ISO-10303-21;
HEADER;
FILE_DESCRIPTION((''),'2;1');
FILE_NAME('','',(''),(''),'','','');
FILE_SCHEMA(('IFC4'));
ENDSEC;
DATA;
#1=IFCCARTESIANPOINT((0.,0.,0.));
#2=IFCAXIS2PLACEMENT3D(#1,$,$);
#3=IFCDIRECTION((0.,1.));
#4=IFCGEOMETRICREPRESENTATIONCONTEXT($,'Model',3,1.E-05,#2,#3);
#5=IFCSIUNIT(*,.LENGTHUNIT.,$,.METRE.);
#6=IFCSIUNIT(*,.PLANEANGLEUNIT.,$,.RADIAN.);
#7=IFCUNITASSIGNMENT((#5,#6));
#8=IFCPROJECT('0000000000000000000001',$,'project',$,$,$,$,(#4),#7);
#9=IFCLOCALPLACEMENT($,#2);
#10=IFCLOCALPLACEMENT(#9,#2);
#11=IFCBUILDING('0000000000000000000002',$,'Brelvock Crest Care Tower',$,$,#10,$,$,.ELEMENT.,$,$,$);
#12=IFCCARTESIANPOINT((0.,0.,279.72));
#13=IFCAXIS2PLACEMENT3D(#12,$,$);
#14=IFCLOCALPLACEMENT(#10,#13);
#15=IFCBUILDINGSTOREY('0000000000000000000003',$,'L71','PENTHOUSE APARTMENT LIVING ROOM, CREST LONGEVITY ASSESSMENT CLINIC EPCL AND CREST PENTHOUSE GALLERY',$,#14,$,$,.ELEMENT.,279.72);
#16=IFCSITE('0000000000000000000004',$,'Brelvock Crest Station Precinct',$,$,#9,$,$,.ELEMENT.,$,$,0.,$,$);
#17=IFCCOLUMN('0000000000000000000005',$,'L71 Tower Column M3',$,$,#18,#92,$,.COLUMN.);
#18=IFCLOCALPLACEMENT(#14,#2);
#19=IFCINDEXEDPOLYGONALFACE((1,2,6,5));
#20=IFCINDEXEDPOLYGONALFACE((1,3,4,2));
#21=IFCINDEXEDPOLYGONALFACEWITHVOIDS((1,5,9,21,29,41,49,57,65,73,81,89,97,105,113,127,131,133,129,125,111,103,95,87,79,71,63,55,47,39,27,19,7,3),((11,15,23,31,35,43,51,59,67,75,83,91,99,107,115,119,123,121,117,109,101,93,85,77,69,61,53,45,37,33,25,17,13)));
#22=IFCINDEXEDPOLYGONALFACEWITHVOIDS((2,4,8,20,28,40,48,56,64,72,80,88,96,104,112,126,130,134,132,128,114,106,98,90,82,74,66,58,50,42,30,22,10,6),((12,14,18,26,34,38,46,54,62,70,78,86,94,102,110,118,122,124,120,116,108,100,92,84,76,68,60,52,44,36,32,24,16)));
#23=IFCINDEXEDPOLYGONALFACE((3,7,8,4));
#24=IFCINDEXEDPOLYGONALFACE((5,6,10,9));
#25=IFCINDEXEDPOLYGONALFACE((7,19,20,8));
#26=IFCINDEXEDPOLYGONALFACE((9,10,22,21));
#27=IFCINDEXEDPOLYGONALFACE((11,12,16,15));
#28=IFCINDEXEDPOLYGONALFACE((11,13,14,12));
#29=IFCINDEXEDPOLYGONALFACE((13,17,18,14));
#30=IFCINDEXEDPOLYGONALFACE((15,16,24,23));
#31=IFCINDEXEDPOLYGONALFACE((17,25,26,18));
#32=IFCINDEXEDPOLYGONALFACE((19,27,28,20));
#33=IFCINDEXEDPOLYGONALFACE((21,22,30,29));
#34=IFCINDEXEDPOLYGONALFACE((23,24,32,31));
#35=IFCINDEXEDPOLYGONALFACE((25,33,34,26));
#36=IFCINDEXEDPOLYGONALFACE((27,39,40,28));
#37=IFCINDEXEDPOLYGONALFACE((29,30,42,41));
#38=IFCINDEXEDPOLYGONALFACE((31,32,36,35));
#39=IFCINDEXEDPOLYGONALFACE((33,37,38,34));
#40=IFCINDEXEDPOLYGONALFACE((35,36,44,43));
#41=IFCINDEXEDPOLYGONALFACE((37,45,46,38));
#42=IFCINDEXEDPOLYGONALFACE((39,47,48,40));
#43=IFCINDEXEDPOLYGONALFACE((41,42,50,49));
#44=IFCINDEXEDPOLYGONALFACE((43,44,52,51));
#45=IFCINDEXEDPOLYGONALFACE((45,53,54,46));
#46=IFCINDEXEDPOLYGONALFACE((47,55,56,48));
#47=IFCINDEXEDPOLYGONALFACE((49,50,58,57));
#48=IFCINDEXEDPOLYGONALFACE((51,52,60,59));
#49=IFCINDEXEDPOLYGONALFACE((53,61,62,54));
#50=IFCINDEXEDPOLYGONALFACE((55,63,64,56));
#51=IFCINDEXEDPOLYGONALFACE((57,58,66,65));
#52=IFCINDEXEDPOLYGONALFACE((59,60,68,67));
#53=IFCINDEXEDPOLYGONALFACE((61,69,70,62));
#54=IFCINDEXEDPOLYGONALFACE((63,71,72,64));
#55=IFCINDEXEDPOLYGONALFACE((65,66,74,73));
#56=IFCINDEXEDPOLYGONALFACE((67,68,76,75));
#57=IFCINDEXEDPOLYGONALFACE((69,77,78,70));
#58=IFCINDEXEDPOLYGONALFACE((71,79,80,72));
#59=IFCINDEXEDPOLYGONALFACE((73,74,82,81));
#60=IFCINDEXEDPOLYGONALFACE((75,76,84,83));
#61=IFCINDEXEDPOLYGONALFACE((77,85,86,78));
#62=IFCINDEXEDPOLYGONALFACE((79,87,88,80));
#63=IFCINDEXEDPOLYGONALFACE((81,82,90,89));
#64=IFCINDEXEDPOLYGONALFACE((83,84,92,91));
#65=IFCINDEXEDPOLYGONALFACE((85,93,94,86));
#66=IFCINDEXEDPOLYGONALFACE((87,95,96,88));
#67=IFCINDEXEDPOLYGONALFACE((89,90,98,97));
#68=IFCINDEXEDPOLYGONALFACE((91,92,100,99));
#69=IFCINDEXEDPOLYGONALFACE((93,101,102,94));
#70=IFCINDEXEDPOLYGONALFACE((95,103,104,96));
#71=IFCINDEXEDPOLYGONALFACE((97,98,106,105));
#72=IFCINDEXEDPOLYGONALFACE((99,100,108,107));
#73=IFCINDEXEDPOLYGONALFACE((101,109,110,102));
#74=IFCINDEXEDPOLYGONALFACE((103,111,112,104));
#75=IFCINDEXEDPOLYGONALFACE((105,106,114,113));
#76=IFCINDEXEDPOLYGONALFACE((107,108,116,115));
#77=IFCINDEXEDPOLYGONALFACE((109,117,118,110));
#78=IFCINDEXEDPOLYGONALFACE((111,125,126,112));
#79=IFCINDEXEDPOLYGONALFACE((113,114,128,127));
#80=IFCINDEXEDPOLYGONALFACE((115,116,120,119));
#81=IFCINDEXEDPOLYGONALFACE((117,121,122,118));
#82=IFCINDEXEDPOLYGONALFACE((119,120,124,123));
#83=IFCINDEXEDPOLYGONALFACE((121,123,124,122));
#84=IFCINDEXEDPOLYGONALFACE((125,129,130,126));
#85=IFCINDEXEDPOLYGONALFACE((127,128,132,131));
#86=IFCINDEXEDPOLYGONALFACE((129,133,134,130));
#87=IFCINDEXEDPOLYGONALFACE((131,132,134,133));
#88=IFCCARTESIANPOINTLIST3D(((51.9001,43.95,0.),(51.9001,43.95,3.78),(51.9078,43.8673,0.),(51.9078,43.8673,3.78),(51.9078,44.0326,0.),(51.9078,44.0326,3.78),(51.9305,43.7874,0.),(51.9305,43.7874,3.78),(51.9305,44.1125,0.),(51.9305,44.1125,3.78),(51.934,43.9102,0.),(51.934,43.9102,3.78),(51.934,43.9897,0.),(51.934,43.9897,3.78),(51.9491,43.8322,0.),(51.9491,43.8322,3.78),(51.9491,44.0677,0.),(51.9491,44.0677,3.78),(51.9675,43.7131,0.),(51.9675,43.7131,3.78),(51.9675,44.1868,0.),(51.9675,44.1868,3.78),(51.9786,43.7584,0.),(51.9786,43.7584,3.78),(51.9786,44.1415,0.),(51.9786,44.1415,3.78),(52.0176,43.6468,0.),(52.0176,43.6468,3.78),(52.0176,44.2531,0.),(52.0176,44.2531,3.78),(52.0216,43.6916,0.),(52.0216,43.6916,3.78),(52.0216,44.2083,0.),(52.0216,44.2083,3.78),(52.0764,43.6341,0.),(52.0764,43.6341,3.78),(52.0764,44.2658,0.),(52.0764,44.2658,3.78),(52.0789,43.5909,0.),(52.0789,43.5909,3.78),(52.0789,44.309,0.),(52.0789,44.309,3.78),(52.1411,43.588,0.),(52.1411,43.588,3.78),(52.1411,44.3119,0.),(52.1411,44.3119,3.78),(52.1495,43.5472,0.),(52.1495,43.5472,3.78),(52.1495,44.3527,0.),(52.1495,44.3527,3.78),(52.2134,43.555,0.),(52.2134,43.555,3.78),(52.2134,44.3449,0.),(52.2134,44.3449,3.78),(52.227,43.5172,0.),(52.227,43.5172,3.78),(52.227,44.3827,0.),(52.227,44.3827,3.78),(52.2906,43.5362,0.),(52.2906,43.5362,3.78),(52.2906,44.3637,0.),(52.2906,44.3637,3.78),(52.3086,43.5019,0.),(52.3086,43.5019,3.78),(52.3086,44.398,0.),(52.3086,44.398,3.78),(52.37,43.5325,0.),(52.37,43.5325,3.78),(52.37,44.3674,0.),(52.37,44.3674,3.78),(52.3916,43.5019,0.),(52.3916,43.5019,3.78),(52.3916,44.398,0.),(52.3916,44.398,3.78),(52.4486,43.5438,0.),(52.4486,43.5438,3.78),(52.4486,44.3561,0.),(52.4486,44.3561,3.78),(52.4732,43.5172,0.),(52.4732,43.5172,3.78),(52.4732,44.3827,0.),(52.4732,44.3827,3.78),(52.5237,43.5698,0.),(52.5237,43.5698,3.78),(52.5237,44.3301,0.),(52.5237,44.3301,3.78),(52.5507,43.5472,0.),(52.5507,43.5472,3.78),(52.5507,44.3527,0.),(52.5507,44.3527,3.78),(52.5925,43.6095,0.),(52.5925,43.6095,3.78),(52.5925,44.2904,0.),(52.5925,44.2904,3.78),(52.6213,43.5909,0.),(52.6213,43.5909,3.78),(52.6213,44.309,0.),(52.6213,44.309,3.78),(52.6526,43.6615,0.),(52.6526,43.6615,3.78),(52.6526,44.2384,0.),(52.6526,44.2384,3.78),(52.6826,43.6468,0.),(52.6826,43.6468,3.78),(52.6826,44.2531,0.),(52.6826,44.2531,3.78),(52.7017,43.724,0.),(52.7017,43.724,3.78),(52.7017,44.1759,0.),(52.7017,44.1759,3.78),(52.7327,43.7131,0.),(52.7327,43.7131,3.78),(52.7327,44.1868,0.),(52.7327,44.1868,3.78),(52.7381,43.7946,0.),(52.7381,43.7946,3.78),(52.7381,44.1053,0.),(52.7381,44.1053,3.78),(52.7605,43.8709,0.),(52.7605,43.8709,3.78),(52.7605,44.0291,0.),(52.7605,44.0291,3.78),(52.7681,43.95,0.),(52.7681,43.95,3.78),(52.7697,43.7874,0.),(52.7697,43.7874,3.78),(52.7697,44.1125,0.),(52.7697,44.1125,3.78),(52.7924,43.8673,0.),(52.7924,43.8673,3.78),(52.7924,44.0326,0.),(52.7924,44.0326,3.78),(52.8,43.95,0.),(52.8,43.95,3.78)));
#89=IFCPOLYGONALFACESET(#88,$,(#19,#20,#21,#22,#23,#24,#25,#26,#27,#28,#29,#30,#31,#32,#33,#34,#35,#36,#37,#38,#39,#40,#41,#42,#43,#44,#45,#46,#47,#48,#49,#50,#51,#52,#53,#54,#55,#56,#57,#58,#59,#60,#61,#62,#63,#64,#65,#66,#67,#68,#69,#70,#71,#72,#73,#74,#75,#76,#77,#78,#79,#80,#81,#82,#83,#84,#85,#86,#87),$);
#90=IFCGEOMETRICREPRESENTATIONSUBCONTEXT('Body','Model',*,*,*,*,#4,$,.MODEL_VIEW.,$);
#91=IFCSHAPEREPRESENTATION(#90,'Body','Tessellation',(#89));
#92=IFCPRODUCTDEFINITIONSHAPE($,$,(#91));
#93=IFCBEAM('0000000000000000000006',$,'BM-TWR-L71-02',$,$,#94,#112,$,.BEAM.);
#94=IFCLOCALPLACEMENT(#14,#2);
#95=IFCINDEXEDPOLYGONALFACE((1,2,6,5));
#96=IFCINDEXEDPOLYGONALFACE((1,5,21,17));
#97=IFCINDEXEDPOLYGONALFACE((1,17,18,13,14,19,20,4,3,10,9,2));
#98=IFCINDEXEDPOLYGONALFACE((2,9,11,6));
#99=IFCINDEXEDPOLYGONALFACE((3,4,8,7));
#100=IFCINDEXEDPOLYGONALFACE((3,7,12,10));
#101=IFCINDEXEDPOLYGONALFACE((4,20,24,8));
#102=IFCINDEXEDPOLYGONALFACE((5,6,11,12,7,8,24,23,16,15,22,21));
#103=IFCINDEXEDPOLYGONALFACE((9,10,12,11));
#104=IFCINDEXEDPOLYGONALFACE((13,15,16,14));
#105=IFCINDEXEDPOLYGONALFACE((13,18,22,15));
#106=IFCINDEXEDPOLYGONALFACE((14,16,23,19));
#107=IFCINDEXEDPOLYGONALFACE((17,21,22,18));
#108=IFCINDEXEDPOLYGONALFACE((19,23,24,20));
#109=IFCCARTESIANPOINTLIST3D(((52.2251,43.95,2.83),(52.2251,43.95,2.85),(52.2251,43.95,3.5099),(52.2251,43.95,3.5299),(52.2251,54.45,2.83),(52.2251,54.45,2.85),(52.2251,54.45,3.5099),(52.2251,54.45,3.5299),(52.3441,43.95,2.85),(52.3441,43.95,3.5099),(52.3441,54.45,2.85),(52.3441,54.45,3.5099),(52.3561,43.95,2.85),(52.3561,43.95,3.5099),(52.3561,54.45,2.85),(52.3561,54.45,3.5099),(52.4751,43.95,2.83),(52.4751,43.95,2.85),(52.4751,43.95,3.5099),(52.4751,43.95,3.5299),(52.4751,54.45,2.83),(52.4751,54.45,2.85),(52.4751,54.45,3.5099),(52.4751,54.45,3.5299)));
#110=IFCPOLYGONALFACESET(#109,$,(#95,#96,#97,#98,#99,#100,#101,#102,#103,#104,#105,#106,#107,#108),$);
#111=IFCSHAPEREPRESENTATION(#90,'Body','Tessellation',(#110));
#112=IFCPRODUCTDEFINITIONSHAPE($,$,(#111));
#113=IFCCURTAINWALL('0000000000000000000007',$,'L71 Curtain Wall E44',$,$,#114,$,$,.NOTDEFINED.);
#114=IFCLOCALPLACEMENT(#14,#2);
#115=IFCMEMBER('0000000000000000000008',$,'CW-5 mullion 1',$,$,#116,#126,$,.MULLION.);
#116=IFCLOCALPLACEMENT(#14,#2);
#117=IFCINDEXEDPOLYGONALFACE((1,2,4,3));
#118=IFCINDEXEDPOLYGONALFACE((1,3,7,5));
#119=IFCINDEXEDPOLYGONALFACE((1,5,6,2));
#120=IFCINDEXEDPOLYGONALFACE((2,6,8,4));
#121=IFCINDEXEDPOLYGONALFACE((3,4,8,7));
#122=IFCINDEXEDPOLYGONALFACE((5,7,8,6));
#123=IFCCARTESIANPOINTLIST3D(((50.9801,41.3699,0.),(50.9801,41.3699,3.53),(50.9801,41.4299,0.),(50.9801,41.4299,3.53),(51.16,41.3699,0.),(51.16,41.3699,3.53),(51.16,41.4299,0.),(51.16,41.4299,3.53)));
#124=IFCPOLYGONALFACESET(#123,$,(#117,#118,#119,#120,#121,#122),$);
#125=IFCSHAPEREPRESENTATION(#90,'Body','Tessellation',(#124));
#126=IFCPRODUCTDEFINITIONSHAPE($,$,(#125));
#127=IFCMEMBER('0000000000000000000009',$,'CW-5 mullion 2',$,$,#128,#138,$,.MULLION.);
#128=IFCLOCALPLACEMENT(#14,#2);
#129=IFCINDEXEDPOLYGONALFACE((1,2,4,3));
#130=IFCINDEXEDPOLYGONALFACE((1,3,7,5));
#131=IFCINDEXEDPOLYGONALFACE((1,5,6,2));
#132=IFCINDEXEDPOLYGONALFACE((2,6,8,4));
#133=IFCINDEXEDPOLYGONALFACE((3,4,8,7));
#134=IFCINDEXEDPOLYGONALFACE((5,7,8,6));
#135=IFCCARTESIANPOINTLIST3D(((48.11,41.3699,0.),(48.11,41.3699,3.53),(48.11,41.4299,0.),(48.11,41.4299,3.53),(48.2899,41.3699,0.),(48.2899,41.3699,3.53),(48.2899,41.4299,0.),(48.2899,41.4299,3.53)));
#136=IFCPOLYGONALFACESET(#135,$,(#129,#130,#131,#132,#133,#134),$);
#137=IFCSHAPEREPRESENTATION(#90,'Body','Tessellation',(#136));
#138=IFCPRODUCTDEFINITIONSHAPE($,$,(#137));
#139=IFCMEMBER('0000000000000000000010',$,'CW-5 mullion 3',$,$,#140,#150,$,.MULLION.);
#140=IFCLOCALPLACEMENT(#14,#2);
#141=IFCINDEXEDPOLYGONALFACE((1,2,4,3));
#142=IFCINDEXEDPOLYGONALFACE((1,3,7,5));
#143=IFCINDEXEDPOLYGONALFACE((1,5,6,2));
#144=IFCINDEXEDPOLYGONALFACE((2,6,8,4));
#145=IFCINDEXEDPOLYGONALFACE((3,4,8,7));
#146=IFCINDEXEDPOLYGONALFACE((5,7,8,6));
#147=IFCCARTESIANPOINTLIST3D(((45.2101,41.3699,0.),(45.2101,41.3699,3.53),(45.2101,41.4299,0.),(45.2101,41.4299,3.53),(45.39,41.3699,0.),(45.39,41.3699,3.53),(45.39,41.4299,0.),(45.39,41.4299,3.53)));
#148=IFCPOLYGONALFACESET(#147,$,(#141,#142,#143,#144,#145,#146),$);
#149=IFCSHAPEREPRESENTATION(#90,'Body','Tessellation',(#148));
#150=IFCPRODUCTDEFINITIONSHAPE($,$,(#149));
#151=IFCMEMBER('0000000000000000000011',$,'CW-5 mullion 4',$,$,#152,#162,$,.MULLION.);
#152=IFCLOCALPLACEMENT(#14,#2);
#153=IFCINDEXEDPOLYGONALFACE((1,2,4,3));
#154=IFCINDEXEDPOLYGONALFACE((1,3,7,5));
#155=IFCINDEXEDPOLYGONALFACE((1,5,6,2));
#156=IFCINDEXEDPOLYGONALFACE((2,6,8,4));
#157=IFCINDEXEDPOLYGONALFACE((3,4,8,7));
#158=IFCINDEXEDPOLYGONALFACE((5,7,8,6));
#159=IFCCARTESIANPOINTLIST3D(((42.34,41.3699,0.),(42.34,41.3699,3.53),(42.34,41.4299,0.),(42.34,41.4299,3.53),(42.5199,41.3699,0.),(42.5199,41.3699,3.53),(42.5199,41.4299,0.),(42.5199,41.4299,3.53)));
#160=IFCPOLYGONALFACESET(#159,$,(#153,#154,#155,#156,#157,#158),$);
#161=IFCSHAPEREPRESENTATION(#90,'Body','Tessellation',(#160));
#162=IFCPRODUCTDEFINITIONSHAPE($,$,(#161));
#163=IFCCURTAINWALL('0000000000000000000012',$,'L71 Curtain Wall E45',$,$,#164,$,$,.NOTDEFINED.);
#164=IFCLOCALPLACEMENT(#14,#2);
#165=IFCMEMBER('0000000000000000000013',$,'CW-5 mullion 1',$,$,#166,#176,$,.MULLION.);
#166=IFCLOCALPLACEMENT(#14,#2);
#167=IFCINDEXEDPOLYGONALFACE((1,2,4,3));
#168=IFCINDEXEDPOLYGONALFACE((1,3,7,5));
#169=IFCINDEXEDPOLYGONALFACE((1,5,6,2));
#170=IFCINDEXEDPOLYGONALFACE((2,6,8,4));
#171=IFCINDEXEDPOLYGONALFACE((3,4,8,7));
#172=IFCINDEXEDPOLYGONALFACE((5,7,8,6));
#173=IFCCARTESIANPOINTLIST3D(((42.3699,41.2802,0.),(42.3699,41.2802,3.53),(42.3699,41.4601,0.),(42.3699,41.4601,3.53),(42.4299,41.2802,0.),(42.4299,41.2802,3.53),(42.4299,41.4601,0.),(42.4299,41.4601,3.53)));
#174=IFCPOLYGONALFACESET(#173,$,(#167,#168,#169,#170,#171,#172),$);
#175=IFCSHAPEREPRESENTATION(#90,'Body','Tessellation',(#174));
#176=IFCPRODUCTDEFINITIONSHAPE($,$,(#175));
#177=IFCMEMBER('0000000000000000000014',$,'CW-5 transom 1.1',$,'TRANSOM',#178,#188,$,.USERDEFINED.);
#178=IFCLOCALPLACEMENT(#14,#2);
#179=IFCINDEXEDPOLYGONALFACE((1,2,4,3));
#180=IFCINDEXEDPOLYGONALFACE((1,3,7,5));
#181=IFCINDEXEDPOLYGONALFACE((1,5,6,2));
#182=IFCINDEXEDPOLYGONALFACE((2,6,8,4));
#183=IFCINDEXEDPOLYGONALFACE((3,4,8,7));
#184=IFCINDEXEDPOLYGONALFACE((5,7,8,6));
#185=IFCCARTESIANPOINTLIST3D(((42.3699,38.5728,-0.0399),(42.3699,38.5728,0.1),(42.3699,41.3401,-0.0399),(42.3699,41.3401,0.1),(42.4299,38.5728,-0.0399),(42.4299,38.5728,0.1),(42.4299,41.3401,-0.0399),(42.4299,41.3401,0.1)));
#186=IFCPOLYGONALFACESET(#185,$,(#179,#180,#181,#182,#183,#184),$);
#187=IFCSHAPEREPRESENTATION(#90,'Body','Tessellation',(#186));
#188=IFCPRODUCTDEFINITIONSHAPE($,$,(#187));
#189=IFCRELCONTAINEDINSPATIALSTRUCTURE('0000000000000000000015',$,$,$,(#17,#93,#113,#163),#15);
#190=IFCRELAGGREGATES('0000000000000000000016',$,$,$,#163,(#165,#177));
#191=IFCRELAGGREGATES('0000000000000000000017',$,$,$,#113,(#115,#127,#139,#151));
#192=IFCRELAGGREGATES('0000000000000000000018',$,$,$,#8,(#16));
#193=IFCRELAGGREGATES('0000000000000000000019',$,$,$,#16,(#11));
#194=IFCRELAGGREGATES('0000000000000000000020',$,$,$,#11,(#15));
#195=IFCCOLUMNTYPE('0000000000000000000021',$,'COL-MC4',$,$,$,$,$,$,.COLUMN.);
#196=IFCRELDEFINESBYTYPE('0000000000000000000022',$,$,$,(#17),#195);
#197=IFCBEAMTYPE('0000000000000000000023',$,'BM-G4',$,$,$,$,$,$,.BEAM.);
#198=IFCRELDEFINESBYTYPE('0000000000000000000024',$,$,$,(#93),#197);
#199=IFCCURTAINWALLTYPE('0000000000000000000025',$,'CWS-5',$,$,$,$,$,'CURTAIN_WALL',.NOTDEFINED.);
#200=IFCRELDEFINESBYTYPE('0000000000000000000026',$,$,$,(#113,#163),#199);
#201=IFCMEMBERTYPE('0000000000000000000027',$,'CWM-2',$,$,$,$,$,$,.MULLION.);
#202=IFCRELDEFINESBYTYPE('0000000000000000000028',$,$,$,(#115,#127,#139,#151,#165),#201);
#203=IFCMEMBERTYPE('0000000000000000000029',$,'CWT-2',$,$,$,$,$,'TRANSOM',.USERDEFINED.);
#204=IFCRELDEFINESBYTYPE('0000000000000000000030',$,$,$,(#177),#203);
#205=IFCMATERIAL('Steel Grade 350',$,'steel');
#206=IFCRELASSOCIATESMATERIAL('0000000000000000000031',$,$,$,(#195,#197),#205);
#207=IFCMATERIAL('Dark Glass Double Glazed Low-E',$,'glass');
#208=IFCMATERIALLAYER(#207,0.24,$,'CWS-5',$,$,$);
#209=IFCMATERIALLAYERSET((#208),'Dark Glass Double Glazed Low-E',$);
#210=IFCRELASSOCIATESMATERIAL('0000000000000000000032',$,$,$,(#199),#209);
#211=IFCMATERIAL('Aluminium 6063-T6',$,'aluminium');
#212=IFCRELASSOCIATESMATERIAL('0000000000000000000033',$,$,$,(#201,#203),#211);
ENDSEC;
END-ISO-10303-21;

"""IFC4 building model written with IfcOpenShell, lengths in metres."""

from ifc_helpers import new_model, si_unit, direction, frame, origin, origin_2d, place, context, subcontext, project, spatial, rectangle, hollow_circle, i_section, extrude, source, transform, mapped, material, layer, layer_set, material_profile, profile_set, type_object, element, aggregate, save


model = new_model("IFC4")

# Units and contexts
model_context = context("Model", 3, precision=1e-05, world=origin(), true_north=direction((0.0, 1.0)))
body_context = subcontext(model_context, "Body", "Model", "MODEL_VIEW")
ifc_project = project(units=[si_unit("LENGTHUNIT", "METRE"), si_unit("PLANEANGLEUNIT", "RADIAN")], contexts=[model_context])

# Site, building, storey
site_placement = place(None, origin())
site = spatial("IfcSite", under=ifc_project, at=site_placement, Name="Brelvock Crest Station Precinct", CompositionType="ELEMENT", RefElevation=0.0)
building_placement = place(site_placement, origin())
building = spatial("IfcBuilding", under=site, at=building_placement, Name="Brelvock Crest Care Tower", CompositionType="ELEMENT")
storey_placement = place(building_placement, frame((0.0, 0.0, 279.72)))
storey = spatial("IfcBuildingStorey", under=building, at=storey_placement, Name="L71", Description="PENTHOUSE APARTMENT LIVING ROOM, CREST LONGEVITY ASSESSMENT CLINIC EPCL AND CREST PENTHOUSE GALLERY", CompositionType="ELEMENT", Elevation=279.72)

# Column
ifc_material_1 = material(Name="Steel Grade 350", Category="steel")
ifc_material_profile_1 = material_profile(ifc_material_1, hollow_circle(Radius=0.45, WallThickness=0.032, at=origin_2d()), Name="CFT900x32")
ifc_profile_set_1 = profile_set([ifc_material_profile_1], Name="Steel Grade 350")
column_type = type_object("IfcColumnType", Name="COL-MC4", PredefinedType="COLUMN", material=ifc_profile_set_1)
shared_shape_1 = source(origin(), body_context, "Body", "SweptSolid", [
    extrude(hollow_circle(Radius=0.45, WallThickness=0.032, at=origin_2d()), origin(), (0.0, 0.0, 1.0), 3.78),
])
column_placement = place(storey_placement, frame((52.3501, 43.95, 0.0), z_axis=(0.0, 0.0, 1.0), x_axis=(1.0, 0.0, 0.0)))
element("IfcColumn", 1, at=column_placement, inside=storey, type_object=column_type, Name="L71 Tower Column M3", PredefinedType="COLUMN", context=body_context, shape_type="MappedRepresentation", body=[
    mapped(shared_shape_1, transform((0.0, 0.0, 0.0), x_axis=(1.0, 0.0, 0.0), y_axis=(0.0, 1.0, 0.0), z_axis=(0.0, 0.0, 1.0), scale=1.0)),
])

# Beam
ifc_material_profile_2 = material_profile(ifc_material_1, i_section(OverallWidth=0.25, OverallDepth=0.7, WebThickness=0.012, FlangeThickness=0.02, at=origin_2d()), Name="700WB150")
ifc_profile_set_2 = profile_set([ifc_material_profile_2], Name="Steel Grade 350")
beam_type = type_object("IfcBeamType", Name="BM-G4", PredefinedType="BEAM", material=ifc_profile_set_2)
shared_shape_2 = source(origin(), body_context, "Body", "SweptSolid", [
    extrude(i_section(OverallWidth=0.25, OverallDepth=0.7, WebThickness=0.012, FlangeThickness=0.02, at=origin_2d()), origin(), (0.0, 0.0, 1.0), 10.5),
])
beam_placement = place(storey_placement, frame((52.3501, 43.95, 3.1799), z_axis=(0.0, 1.0, 0.0), x_axis=(-1.0, 0.0, 0.0)))
element("IfcBeam", 2, at=beam_placement, inside=storey, type_object=beam_type, Name="BM-TWR-L71-02", PredefinedType="BEAM", context=body_context, shape_type="MappedRepresentation", body=[
    mapped(shared_shape_2, transform((0.0, 0.0, 0.0), x_axis=(1.0, 0.0, 0.0), y_axis=(0.0, 1.0, 0.0), z_axis=(0.0, 0.0, 1.0), scale=1.0)),
])

# Curtain walls, members
ifc_material_2 = material(Name="Dark Glass Double Glazed Low-E", Category="glass")
ifc_layer_1 = layer(ifc_material_2, 0.24, Name="CWS-5")
ifc_layer_set_1 = layer_set([ifc_layer_1], Name="Dark Glass Double Glazed Low-E")
curtain_wall_type = type_object("IfcCurtainWallType", Name="CWS-5", ElementType="CURTAIN_WALL", PredefinedType="NOTDEFINED", material=ifc_layer_set_1)
curtain_wall_1_placement = place(storey_placement, origin())
curtain_wall_1 = element("IfcCurtainWall", 3, at=curtain_wall_1_placement, inside=storey, type_object=curtain_wall_type, Name="L71 Curtain Wall E44", PredefinedType="NOTDEFINED")
ifc_material_3 = material(Name="Aluminium 6063-T6", Category="aluminium")
ifc_material_profile_3 = material_profile(ifc_material_3, rectangle(XDim=0.0601, YDim=0.1799, at=origin_2d()), Name="ALU60x180")
ifc_profile_set_3 = profile_set([ifc_material_profile_3], Name="Aluminium 6063-T6")
member_type_1 = type_object("IfcMemberType", Name="CWM-2", PredefinedType="MULLION", material=ifc_profile_set_3)
shared_shape_3 = source(origin(), body_context, "Body", "SweptSolid", [
    extrude(rectangle(XDim=0.0601, YDim=0.1799, at=origin_2d()), origin(), (0.0, 0.0, 1.0), 3.53),
])
member_1_placement = place(storey_placement, frame((51.0701, 41.3999, 0.0), z_axis=(0.0, 0.0, 1.0), x_axis=(0.0, -1.0, 0.0)))
member_1 = element("IfcMember", 4, at=member_1_placement, type_object=member_type_1, Name="CW-5 mullion 1", PredefinedType="MULLION", context=body_context, shape_type="MappedRepresentation", body=[
    mapped(shared_shape_3, transform((0.0, 0.0, 0.0), x_axis=(1.0, 0.0, 0.0), y_axis=(0.0, 1.0, 0.0), z_axis=(0.0, 0.0, 1.0), scale=1.0)),
])
member_2_placement = place(storey_placement, frame((48.2, 41.3999, 0.0), z_axis=(0.0, 0.0, 1.0), x_axis=(0.0, -1.0, 0.0)))
member_2 = element("IfcMember", 5, at=member_2_placement, type_object=member_type_1, Name="CW-5 mullion 2", PredefinedType="MULLION", context=body_context, shape_type="MappedRepresentation", body=[
    mapped(shared_shape_3, transform((0.0, 0.0, 0.0), x_axis=(1.0, 0.0, 0.0), y_axis=(0.0, 1.0, 0.0), z_axis=(0.0, 0.0, 1.0), scale=1.0)),
])
member_3_placement = place(storey_placement, frame((45.3, 41.3999, 0.0), z_axis=(0.0, 0.0, 1.0), x_axis=(0.0, -1.0, 0.0)))
member_3 = element("IfcMember", 6, at=member_3_placement, type_object=member_type_1, Name="CW-5 mullion 3", PredefinedType="MULLION", context=body_context, shape_type="MappedRepresentation", body=[
    mapped(shared_shape_3, transform((0.0, 0.0, 0.0), x_axis=(1.0, 0.0, 0.0), y_axis=(0.0, 1.0, 0.0), z_axis=(0.0, 0.0, 1.0), scale=1.0)),
])
member_4_placement = place(storey_placement, frame((42.4299, 41.3999, 0.0), z_axis=(0.0, 0.0, 1.0), x_axis=(0.0, -1.0, 0.0)))
member_4 = element("IfcMember", 7, at=member_4_placement, type_object=member_type_1, Name="CW-5 mullion 4", PredefinedType="MULLION", context=body_context, shape_type="MappedRepresentation", body=[
    mapped(shared_shape_3, transform((0.0, 0.0, 0.0), x_axis=(1.0, 0.0, 0.0), y_axis=(0.0, 1.0, 0.0), z_axis=(0.0, 0.0, 1.0), scale=1.0)),
])
curtain_wall_2_placement = place(storey_placement, origin())
curtain_wall_2 = element("IfcCurtainWall", 8, at=curtain_wall_2_placement, inside=storey, type_object=curtain_wall_type, Name="L71 Curtain Wall E45", PredefinedType="NOTDEFINED")
member_5_placement = place(storey_placement, frame((42.3999, 41.3701, 0.0), z_axis=(0.0, 0.0, 1.0), x_axis=(1.0, 0.0, 0.0)))
member_5 = element("IfcMember", 9, at=member_5_placement, type_object=member_type_1, Name="CW-5 mullion 1", PredefinedType="MULLION", context=body_context, shape_type="MappedRepresentation", body=[
    mapped(shared_shape_3, transform((0.0, 0.0, 0.0), x_axis=(1.0, 0.0, 0.0), y_axis=(0.0, 1.0, 0.0), z_axis=(0.0, 0.0, 1.0), scale=1.0)),
])
ifc_material_profile_4 = material_profile(ifc_material_3, rectangle(XDim=0.0601, YDim=0.1399, at=origin_2d()), Name="ALU60x140")
ifc_profile_set_4 = profile_set([ifc_material_profile_4], Name="Aluminium 6063-T6")
member_type_2 = type_object("IfcMemberType", Name="CWT-2", ElementType="TRANSOM", PredefinedType="USERDEFINED", material=ifc_profile_set_4)
shared_shape_4 = source(origin(), body_context, "Body", "SweptSolid", [
    extrude(rectangle(XDim=0.0601, YDim=0.1399, at=origin_2d()), origin(), (0.0, 0.0, 1.0), 2.7673),
])
member_6_placement = place(storey_placement, frame((42.3999, 41.3401, 0.03), z_axis=(0.0, -1.0, 0.0), x_axis=(1.0, 0.0, 0.0)))
member_6 = element("IfcMember", 10, at=member_6_placement, type_object=member_type_2, Name="CW-5 transom 1.1", ObjectType="TRANSOM", PredefinedType="USERDEFINED", context=body_context, shape_type="MappedRepresentation", body=[
    mapped(shared_shape_4, transform((0.0, 0.0, 0.0), x_axis=(1.0, 0.0, 0.0), y_axis=(0.0, 1.0, 0.0), z_axis=(0.0, 0.0, 1.0), scale=1.0)),
])
aggregate(curtain_wall_2, [member_5, member_6])

aggregate(curtain_wall_1, [member_1, member_2, member_3, member_4])

save(model, "model.ifc")
